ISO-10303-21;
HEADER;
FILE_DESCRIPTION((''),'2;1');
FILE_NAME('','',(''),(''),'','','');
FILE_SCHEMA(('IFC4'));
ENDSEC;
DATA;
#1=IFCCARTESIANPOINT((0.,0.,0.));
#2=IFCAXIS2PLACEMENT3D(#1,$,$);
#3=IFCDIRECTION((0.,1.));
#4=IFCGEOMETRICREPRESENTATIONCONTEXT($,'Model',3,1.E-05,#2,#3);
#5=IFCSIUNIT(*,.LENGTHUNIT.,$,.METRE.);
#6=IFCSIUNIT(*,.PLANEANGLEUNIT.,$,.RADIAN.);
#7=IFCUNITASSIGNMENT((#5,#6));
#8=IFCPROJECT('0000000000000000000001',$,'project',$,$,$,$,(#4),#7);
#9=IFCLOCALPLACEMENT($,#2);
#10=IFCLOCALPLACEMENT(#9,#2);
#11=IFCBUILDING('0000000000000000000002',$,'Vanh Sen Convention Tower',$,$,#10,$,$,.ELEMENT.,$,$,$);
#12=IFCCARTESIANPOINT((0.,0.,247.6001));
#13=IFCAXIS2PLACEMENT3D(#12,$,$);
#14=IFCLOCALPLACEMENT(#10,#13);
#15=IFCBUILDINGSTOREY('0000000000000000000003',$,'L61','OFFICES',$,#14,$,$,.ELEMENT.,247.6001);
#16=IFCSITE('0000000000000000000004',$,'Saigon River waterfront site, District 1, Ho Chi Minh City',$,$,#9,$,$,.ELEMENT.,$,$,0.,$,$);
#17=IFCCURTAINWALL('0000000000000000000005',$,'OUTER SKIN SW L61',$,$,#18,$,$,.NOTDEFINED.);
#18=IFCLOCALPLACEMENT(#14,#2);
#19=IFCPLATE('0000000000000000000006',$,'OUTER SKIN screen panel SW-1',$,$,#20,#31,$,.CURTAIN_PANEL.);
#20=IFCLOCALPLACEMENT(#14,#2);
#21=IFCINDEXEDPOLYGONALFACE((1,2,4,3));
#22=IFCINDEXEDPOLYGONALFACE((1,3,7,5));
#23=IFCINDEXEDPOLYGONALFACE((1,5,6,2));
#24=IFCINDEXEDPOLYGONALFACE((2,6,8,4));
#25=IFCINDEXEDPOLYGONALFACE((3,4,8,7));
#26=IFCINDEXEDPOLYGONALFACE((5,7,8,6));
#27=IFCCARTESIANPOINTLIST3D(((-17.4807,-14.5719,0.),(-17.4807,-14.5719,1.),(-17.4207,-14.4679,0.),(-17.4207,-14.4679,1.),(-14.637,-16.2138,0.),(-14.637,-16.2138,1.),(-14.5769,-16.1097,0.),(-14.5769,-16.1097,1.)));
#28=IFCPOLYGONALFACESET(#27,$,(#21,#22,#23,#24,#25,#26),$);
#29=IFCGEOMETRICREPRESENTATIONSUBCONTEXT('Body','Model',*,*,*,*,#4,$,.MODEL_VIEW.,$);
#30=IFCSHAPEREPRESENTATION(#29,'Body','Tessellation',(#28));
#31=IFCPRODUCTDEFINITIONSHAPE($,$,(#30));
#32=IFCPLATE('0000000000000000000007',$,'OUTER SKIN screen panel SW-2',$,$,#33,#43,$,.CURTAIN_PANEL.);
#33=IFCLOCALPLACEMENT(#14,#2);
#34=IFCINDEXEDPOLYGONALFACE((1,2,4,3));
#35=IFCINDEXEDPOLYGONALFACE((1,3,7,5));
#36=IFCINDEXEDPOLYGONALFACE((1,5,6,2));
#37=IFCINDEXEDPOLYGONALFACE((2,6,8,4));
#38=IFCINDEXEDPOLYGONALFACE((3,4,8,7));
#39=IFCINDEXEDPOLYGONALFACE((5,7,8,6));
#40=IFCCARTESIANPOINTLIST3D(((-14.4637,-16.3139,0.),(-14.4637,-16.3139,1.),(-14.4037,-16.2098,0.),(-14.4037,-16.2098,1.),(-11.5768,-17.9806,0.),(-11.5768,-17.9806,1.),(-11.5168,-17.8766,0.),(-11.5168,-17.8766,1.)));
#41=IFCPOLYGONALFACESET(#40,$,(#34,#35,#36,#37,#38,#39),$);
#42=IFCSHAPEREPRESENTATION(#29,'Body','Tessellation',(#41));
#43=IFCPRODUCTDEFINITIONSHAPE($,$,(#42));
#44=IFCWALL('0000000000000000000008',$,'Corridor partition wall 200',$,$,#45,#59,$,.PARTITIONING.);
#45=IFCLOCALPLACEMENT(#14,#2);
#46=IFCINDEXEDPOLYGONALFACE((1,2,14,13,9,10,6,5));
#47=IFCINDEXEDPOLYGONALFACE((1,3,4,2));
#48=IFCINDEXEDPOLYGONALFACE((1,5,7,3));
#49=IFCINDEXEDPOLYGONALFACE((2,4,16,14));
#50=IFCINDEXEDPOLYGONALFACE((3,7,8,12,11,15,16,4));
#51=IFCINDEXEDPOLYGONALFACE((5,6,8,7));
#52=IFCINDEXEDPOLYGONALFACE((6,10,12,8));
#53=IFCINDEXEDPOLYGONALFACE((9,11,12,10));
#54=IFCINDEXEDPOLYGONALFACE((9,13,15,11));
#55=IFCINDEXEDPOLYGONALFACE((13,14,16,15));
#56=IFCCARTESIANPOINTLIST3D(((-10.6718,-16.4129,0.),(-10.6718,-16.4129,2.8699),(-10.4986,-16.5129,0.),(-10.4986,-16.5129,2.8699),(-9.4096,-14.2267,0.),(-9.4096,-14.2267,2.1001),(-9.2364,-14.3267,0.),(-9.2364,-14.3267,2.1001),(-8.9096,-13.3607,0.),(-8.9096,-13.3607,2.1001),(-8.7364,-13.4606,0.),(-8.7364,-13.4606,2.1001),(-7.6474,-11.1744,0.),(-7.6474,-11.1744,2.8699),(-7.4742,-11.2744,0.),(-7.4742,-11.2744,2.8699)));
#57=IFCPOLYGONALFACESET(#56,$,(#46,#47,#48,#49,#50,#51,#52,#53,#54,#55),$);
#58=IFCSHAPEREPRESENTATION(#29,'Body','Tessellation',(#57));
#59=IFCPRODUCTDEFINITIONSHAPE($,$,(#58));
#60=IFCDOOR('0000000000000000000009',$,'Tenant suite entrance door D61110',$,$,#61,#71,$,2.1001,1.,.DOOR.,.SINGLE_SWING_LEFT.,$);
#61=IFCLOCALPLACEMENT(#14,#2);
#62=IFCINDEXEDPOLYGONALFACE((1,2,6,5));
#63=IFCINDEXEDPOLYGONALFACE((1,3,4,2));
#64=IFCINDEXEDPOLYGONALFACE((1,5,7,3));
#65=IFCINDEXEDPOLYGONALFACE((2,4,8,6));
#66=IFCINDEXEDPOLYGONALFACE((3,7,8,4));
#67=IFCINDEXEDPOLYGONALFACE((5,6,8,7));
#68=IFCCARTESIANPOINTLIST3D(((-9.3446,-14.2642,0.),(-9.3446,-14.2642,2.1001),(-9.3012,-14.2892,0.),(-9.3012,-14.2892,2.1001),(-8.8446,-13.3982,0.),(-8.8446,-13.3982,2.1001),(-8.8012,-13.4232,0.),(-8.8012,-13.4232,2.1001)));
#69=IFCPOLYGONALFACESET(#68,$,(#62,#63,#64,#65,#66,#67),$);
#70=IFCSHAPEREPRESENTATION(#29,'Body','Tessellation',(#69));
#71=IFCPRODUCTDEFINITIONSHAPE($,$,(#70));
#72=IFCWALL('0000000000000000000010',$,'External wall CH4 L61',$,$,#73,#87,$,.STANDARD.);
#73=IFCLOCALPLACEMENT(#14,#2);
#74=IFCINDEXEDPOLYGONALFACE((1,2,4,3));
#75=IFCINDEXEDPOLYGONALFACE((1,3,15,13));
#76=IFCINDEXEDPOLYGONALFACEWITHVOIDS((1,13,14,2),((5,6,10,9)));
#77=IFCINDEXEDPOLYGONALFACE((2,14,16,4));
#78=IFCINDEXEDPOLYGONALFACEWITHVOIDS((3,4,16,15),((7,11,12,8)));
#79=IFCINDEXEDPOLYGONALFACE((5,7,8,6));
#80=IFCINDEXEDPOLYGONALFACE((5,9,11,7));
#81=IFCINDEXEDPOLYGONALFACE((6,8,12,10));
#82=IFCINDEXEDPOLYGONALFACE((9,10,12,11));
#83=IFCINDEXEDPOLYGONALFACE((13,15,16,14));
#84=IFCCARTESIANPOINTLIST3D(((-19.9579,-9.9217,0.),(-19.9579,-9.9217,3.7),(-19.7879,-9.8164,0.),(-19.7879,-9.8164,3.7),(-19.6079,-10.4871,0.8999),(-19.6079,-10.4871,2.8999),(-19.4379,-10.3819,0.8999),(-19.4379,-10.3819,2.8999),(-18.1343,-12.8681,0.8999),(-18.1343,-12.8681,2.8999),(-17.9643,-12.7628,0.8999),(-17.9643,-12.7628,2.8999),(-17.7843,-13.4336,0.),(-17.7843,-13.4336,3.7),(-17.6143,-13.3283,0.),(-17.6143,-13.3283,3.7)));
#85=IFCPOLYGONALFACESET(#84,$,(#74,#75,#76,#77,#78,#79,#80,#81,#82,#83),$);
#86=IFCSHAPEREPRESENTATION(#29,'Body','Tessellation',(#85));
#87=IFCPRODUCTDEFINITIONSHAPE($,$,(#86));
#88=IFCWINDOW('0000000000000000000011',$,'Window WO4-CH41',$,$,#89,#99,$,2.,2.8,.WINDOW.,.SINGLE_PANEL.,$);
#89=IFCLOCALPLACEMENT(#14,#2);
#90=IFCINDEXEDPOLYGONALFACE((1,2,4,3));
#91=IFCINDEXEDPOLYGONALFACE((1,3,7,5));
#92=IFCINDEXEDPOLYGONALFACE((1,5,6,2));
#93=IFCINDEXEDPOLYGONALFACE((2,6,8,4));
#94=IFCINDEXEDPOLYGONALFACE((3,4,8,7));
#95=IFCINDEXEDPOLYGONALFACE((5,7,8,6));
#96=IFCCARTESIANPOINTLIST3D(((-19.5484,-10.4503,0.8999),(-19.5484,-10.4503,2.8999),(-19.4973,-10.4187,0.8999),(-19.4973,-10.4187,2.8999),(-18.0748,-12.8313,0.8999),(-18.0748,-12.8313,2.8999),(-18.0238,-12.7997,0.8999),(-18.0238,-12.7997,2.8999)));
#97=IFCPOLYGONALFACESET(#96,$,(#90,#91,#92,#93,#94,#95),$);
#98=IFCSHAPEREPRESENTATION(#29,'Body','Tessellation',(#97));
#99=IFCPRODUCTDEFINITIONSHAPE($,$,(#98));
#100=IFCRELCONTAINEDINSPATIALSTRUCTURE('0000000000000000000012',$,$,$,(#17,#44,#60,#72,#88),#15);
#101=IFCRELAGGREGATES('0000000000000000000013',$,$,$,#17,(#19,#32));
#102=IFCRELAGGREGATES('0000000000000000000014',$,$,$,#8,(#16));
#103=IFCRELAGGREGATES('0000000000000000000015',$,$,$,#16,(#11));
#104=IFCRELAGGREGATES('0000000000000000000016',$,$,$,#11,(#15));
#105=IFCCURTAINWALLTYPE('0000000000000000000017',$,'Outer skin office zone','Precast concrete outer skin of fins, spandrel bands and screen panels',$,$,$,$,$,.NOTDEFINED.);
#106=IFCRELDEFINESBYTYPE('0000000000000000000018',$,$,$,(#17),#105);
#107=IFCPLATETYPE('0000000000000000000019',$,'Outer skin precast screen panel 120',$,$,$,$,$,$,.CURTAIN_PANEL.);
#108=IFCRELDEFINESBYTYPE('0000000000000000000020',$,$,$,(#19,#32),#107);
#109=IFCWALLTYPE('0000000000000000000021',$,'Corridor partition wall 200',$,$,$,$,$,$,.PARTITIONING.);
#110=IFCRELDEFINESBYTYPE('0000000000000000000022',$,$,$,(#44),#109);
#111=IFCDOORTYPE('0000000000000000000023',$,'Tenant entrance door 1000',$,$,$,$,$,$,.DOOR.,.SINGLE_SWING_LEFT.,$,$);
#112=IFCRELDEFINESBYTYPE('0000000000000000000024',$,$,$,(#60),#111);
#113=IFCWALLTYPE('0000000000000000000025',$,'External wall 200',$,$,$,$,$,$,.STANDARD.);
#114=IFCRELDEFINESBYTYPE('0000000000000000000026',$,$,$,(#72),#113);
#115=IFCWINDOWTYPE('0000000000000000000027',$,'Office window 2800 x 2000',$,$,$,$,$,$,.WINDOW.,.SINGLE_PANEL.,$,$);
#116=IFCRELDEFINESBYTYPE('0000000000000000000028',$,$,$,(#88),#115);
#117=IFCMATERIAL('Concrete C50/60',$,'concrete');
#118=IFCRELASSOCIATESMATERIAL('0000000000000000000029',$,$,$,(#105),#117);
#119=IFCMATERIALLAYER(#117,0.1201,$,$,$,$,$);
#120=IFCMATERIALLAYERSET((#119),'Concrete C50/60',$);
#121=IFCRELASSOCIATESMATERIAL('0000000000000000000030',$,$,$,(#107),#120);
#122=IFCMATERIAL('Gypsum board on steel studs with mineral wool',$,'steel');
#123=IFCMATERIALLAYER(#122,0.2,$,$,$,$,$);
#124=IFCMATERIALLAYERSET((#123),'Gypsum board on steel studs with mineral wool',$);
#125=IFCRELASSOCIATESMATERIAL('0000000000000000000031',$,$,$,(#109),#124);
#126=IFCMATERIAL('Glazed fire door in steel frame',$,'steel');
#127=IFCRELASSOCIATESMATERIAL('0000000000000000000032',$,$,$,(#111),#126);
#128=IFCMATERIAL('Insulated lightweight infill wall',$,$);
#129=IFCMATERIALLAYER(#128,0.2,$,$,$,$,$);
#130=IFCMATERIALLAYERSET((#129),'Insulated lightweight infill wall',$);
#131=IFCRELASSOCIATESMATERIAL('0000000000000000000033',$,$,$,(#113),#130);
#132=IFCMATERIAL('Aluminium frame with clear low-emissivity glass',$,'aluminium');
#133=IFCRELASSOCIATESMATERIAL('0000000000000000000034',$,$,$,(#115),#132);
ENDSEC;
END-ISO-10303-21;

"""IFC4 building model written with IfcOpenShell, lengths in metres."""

from ifc_helpers import new_model, si_unit, direction, frame, frame_2d, origin, origin_2d, place, context, subcontext, project, spatial, rectangle, extrude, material, layer, layer_set, type_object, element, fill, aggregate, save


model = new_model("IFC4")

# Units and contexts
model_context = context("Model", 3, precision=1e-05, world=origin(), true_north=direction((0.0, 1.0)))
body_context = subcontext(model_context, "Body", "Model", "MODEL_VIEW")
ifc_project = project(units=[si_unit("LENGTHUNIT", "METRE"), si_unit("PLANEANGLEUNIT", "RADIAN")], contexts=[model_context])

# Site, building, storey
site_placement = place(None, origin())
site = spatial("IfcSite", under=ifc_project, at=site_placement, Name="Saigon River waterfront site, District 1, Ho Chi Minh City", CompositionType="ELEMENT", RefElevation=0.0)
building_placement = place(site_placement, origin())
building = spatial("IfcBuilding", under=site, at=building_placement, Name="Vanh Sen Convention Tower", CompositionType="ELEMENT")
storey_placement = place(building_placement, frame((0.0, 0.0, 247.6001)))
storey = spatial("IfcBuildingStorey", under=building, at=storey_placement, Name="L61", Description="OFFICES", CompositionType="ELEMENT", Elevation=247.6001)

# Curtain wall
ifc_material_1 = material(Name="Concrete C50/60", Category="concrete")
curtain_wall_type = type_object("IfcCurtainWallType", Name="Outer skin office zone", Description="Precast concrete outer skin of fins, spandrel bands and screen panels", PredefinedType="NOTDEFINED", material=ifc_material_1)
curtain_wall_1_placement = place(storey_placement, origin())
curtain_wall_1 = element("IfcCurtainWall", 1, at=curtain_wall_1_placement, inside=storey, type_object=curtain_wall_type, Name="OUTER SKIN SW L61", PredefinedType="NOTDEFINED")

# Shared definitions
ifc_layer_1 = layer(ifc_material_1, 0.1201)
ifc_layer_set_1 = layer_set([ifc_layer_1], Name="Concrete C50/60")
plate_type = type_object("IfcPlateType", Name="Outer skin precast screen panel 120", PredefinedType="CURTAIN_PANEL", material=ifc_layer_set_1)

# Plates
plate_1_placement = place(storey_placement, frame((-16.0288, -15.3408, 0.0), z_axis=(0.0, 0.0, 1.0), x_axis=(0.866026, -0.499998, 0.0)))
plate_1 = element("IfcPlate", 2, at=plate_1_placement, type_object=plate_type, Name="OUTER SKIN screen panel SW-1", PredefinedType="CURTAIN_PANEL", context=body_context, shape_type="SweptSolid", body=[
    extrude(rectangle(XDim=3.2837, YDim=0.1201, at=origin_2d()), origin(), (0.0, 0.0, 1.0), 1.0),
])
plate_2_placement = place(storey_placement, frame((-12.9902, -17.0952, 0.0), z_axis=(0.0, 0.0, 1.0), x_axis=(0.866026, -0.499998, 0.0)))
plate_2 = element("IfcPlate", 3, at=plate_2_placement, type_object=plate_type, Name="OUTER SKIN screen panel SW-2", PredefinedType="CURTAIN_PANEL", context=body_context, shape_type="SweptSolid", body=[
    extrude(rectangle(XDim=3.3335, YDim=0.1201, at=origin_2d()), origin(), (0.0, 0.0, 1.0), 1.0),
])
aggregate(curtain_wall_1, [plate_1, plate_2])

# Wall, opening, door
ifc_material_2 = material(Name="Gypsum board on steel studs with mineral wool", Category="steel")
ifc_layer_2 = layer(ifc_material_2, 0.2)
ifc_layer_set_2 = layer_set([ifc_layer_2], Name="Gypsum board on steel studs with mineral wool")
wall_type_1 = type_object("IfcWallType", Name="Corridor partition wall 200", PredefinedType="PARTITIONING", material=ifc_layer_set_2)
wall_1_placement = place(storey_placement, frame((-10.5852, -16.4629, 0.0), z_axis=(0.0, 0.0, 1.0), x_axis=(0.499994, 0.866029, 0.0)))
wall_1 = element("IfcWall", 4, at=wall_1_placement, inside=storey, type_object=wall_type_1, Name="Corridor partition wall 200", PredefinedType="PARTITIONING", context=body_context, shape_type="SweptSolid", body=[
    extrude(rectangle(XDim=6.0488, YDim=0.2, at=frame_2d((3.0244, 0.0))), origin(), (0.0, 0.0, 1.0), 2.8699),
])
opening_1_placement = place(wall_1_placement, frame((2.5244, 0.0, 0.0)))
opening_1 = element("IfcOpeningElement", 5, at=opening_1_placement, cuts=wall_1, PredefinedType="OPENING", context=body_context, shape_type="SweptSolid", body=[
    extrude(rectangle(XDim=1.0, YDim=2.1001, at=frame_2d((0.5, 1.05))), frame((0.0, 0.1099, 0.0), z_axis=(0.0, -1.0, 0.0), x_axis=(1.0, 0.0, 0.0)), (0.0, 0.0, 1.0), 0.22),
])
ifc_material_3 = material(Name="Glazed fire door in steel frame", Category="steel")
door_type = type_object("IfcDoorType", Name="Tenant entrance door 1000", OperationType="SINGLE_SWING_LEFT", PredefinedType="DOOR", material=ifc_material_3)
door_placement = place(opening_1_placement, origin())
door = element("IfcDoor", 6, at=door_placement, inside=storey, type_object=door_type, Name="Tenant suite entrance door D61110", OperationType="SINGLE_SWING_LEFT", OverallHeight=2.1001, OverallWidth=1.0, PredefinedType="DOOR", context=body_context, shape_type="SweptSolid", body=[
    extrude(rectangle(XDim=1.0, YDim=2.1001, at=frame_2d((0.5, 1.05))), frame((0.0, 0.0249, 0.0), z_axis=(0.0, -1.0, 0.0), x_axis=(1.0, 0.0, 0.0)), (0.0, 0.0, 1.0), 0.05),
])
fill(opening_1, door)

# Wall, opening, window
ifc_material_4 = material(Name="Insulated lightweight infill wall")
ifc_layer_3 = layer(ifc_material_4, 0.2)
ifc_layer_set_3 = layer_set([ifc_layer_3], Name="Insulated lightweight infill wall")
wall_type_2 = type_object("IfcWallType", Name="External wall 200", PredefinedType="STANDARD", material=ifc_layer_set_3)
wall_2_placement = place(storey_placement, frame((-19.8728, -9.8691, 0.0), z_axis=(0.0, 0.0, 1.0), x_axis=(0.526269, -0.850318, 0.0)))
wall_2 = element("IfcWall", 7, at=wall_2_placement, inside=storey, type_object=wall_type_2, Name="External wall CH4 L61", PredefinedType="STANDARD", context=body_context, shape_type="SweptSolid", body=[
    extrude(rectangle(XDim=4.1301, YDim=0.2, at=frame_2d((2.0649, 0.0))), origin(), (0.0, 0.0, 1.0), 3.7),
])
opening_2_placement = place(wall_2_placement, frame((0.665, 0.0, 0.8999)))
opening_2 = element("IfcOpeningElement", 8, at=opening_2_placement, cuts=wall_2, PredefinedType="OPENING", context=body_context, shape_type="SweptSolid", body=[
    extrude(rectangle(XDim=2.8, YDim=2.0, at=frame_2d((1.3999, 1.0))), frame((0.0, 0.1099, 0.0), z_axis=(0.0, -1.0, 0.0), x_axis=(1.0, 0.0, 0.0)), (0.0, 0.0, 1.0), 0.22),
])
ifc_material_5 = material(Name="Aluminium frame with clear low-emissivity glass", Category="aluminium")
window_type_1 = type_object("IfcWindowType", Name="Office window 2800 x 2000", PartitioningType="SINGLE_PANEL", PredefinedType="WINDOW", material=ifc_material_5)
window_1_placement = place(opening_2_placement, origin())
window_1 = element("IfcWindow", 9, at=window_1_placement, inside=storey, type_object=window_type_1, Name="Window WO4-CH41", OverallHeight=2.0, OverallWidth=2.8, PartitioningType="SINGLE_PANEL", PredefinedType="WINDOW", context=body_context, shape_type="SweptSolid", body=[
    extrude(rectangle(XDim=2.8, YDim=2.0, at=frame_2d((1.3999, 1.0))), frame((0.0, 0.03, 0.0), z_axis=(0.0, -1.0, 0.0), x_axis=(1.0, 0.0, 0.0)), (0.0, 0.0, 1.0), 0.0601),
])
fill(opening_2, window_1)

save(model, "model.ifc")
